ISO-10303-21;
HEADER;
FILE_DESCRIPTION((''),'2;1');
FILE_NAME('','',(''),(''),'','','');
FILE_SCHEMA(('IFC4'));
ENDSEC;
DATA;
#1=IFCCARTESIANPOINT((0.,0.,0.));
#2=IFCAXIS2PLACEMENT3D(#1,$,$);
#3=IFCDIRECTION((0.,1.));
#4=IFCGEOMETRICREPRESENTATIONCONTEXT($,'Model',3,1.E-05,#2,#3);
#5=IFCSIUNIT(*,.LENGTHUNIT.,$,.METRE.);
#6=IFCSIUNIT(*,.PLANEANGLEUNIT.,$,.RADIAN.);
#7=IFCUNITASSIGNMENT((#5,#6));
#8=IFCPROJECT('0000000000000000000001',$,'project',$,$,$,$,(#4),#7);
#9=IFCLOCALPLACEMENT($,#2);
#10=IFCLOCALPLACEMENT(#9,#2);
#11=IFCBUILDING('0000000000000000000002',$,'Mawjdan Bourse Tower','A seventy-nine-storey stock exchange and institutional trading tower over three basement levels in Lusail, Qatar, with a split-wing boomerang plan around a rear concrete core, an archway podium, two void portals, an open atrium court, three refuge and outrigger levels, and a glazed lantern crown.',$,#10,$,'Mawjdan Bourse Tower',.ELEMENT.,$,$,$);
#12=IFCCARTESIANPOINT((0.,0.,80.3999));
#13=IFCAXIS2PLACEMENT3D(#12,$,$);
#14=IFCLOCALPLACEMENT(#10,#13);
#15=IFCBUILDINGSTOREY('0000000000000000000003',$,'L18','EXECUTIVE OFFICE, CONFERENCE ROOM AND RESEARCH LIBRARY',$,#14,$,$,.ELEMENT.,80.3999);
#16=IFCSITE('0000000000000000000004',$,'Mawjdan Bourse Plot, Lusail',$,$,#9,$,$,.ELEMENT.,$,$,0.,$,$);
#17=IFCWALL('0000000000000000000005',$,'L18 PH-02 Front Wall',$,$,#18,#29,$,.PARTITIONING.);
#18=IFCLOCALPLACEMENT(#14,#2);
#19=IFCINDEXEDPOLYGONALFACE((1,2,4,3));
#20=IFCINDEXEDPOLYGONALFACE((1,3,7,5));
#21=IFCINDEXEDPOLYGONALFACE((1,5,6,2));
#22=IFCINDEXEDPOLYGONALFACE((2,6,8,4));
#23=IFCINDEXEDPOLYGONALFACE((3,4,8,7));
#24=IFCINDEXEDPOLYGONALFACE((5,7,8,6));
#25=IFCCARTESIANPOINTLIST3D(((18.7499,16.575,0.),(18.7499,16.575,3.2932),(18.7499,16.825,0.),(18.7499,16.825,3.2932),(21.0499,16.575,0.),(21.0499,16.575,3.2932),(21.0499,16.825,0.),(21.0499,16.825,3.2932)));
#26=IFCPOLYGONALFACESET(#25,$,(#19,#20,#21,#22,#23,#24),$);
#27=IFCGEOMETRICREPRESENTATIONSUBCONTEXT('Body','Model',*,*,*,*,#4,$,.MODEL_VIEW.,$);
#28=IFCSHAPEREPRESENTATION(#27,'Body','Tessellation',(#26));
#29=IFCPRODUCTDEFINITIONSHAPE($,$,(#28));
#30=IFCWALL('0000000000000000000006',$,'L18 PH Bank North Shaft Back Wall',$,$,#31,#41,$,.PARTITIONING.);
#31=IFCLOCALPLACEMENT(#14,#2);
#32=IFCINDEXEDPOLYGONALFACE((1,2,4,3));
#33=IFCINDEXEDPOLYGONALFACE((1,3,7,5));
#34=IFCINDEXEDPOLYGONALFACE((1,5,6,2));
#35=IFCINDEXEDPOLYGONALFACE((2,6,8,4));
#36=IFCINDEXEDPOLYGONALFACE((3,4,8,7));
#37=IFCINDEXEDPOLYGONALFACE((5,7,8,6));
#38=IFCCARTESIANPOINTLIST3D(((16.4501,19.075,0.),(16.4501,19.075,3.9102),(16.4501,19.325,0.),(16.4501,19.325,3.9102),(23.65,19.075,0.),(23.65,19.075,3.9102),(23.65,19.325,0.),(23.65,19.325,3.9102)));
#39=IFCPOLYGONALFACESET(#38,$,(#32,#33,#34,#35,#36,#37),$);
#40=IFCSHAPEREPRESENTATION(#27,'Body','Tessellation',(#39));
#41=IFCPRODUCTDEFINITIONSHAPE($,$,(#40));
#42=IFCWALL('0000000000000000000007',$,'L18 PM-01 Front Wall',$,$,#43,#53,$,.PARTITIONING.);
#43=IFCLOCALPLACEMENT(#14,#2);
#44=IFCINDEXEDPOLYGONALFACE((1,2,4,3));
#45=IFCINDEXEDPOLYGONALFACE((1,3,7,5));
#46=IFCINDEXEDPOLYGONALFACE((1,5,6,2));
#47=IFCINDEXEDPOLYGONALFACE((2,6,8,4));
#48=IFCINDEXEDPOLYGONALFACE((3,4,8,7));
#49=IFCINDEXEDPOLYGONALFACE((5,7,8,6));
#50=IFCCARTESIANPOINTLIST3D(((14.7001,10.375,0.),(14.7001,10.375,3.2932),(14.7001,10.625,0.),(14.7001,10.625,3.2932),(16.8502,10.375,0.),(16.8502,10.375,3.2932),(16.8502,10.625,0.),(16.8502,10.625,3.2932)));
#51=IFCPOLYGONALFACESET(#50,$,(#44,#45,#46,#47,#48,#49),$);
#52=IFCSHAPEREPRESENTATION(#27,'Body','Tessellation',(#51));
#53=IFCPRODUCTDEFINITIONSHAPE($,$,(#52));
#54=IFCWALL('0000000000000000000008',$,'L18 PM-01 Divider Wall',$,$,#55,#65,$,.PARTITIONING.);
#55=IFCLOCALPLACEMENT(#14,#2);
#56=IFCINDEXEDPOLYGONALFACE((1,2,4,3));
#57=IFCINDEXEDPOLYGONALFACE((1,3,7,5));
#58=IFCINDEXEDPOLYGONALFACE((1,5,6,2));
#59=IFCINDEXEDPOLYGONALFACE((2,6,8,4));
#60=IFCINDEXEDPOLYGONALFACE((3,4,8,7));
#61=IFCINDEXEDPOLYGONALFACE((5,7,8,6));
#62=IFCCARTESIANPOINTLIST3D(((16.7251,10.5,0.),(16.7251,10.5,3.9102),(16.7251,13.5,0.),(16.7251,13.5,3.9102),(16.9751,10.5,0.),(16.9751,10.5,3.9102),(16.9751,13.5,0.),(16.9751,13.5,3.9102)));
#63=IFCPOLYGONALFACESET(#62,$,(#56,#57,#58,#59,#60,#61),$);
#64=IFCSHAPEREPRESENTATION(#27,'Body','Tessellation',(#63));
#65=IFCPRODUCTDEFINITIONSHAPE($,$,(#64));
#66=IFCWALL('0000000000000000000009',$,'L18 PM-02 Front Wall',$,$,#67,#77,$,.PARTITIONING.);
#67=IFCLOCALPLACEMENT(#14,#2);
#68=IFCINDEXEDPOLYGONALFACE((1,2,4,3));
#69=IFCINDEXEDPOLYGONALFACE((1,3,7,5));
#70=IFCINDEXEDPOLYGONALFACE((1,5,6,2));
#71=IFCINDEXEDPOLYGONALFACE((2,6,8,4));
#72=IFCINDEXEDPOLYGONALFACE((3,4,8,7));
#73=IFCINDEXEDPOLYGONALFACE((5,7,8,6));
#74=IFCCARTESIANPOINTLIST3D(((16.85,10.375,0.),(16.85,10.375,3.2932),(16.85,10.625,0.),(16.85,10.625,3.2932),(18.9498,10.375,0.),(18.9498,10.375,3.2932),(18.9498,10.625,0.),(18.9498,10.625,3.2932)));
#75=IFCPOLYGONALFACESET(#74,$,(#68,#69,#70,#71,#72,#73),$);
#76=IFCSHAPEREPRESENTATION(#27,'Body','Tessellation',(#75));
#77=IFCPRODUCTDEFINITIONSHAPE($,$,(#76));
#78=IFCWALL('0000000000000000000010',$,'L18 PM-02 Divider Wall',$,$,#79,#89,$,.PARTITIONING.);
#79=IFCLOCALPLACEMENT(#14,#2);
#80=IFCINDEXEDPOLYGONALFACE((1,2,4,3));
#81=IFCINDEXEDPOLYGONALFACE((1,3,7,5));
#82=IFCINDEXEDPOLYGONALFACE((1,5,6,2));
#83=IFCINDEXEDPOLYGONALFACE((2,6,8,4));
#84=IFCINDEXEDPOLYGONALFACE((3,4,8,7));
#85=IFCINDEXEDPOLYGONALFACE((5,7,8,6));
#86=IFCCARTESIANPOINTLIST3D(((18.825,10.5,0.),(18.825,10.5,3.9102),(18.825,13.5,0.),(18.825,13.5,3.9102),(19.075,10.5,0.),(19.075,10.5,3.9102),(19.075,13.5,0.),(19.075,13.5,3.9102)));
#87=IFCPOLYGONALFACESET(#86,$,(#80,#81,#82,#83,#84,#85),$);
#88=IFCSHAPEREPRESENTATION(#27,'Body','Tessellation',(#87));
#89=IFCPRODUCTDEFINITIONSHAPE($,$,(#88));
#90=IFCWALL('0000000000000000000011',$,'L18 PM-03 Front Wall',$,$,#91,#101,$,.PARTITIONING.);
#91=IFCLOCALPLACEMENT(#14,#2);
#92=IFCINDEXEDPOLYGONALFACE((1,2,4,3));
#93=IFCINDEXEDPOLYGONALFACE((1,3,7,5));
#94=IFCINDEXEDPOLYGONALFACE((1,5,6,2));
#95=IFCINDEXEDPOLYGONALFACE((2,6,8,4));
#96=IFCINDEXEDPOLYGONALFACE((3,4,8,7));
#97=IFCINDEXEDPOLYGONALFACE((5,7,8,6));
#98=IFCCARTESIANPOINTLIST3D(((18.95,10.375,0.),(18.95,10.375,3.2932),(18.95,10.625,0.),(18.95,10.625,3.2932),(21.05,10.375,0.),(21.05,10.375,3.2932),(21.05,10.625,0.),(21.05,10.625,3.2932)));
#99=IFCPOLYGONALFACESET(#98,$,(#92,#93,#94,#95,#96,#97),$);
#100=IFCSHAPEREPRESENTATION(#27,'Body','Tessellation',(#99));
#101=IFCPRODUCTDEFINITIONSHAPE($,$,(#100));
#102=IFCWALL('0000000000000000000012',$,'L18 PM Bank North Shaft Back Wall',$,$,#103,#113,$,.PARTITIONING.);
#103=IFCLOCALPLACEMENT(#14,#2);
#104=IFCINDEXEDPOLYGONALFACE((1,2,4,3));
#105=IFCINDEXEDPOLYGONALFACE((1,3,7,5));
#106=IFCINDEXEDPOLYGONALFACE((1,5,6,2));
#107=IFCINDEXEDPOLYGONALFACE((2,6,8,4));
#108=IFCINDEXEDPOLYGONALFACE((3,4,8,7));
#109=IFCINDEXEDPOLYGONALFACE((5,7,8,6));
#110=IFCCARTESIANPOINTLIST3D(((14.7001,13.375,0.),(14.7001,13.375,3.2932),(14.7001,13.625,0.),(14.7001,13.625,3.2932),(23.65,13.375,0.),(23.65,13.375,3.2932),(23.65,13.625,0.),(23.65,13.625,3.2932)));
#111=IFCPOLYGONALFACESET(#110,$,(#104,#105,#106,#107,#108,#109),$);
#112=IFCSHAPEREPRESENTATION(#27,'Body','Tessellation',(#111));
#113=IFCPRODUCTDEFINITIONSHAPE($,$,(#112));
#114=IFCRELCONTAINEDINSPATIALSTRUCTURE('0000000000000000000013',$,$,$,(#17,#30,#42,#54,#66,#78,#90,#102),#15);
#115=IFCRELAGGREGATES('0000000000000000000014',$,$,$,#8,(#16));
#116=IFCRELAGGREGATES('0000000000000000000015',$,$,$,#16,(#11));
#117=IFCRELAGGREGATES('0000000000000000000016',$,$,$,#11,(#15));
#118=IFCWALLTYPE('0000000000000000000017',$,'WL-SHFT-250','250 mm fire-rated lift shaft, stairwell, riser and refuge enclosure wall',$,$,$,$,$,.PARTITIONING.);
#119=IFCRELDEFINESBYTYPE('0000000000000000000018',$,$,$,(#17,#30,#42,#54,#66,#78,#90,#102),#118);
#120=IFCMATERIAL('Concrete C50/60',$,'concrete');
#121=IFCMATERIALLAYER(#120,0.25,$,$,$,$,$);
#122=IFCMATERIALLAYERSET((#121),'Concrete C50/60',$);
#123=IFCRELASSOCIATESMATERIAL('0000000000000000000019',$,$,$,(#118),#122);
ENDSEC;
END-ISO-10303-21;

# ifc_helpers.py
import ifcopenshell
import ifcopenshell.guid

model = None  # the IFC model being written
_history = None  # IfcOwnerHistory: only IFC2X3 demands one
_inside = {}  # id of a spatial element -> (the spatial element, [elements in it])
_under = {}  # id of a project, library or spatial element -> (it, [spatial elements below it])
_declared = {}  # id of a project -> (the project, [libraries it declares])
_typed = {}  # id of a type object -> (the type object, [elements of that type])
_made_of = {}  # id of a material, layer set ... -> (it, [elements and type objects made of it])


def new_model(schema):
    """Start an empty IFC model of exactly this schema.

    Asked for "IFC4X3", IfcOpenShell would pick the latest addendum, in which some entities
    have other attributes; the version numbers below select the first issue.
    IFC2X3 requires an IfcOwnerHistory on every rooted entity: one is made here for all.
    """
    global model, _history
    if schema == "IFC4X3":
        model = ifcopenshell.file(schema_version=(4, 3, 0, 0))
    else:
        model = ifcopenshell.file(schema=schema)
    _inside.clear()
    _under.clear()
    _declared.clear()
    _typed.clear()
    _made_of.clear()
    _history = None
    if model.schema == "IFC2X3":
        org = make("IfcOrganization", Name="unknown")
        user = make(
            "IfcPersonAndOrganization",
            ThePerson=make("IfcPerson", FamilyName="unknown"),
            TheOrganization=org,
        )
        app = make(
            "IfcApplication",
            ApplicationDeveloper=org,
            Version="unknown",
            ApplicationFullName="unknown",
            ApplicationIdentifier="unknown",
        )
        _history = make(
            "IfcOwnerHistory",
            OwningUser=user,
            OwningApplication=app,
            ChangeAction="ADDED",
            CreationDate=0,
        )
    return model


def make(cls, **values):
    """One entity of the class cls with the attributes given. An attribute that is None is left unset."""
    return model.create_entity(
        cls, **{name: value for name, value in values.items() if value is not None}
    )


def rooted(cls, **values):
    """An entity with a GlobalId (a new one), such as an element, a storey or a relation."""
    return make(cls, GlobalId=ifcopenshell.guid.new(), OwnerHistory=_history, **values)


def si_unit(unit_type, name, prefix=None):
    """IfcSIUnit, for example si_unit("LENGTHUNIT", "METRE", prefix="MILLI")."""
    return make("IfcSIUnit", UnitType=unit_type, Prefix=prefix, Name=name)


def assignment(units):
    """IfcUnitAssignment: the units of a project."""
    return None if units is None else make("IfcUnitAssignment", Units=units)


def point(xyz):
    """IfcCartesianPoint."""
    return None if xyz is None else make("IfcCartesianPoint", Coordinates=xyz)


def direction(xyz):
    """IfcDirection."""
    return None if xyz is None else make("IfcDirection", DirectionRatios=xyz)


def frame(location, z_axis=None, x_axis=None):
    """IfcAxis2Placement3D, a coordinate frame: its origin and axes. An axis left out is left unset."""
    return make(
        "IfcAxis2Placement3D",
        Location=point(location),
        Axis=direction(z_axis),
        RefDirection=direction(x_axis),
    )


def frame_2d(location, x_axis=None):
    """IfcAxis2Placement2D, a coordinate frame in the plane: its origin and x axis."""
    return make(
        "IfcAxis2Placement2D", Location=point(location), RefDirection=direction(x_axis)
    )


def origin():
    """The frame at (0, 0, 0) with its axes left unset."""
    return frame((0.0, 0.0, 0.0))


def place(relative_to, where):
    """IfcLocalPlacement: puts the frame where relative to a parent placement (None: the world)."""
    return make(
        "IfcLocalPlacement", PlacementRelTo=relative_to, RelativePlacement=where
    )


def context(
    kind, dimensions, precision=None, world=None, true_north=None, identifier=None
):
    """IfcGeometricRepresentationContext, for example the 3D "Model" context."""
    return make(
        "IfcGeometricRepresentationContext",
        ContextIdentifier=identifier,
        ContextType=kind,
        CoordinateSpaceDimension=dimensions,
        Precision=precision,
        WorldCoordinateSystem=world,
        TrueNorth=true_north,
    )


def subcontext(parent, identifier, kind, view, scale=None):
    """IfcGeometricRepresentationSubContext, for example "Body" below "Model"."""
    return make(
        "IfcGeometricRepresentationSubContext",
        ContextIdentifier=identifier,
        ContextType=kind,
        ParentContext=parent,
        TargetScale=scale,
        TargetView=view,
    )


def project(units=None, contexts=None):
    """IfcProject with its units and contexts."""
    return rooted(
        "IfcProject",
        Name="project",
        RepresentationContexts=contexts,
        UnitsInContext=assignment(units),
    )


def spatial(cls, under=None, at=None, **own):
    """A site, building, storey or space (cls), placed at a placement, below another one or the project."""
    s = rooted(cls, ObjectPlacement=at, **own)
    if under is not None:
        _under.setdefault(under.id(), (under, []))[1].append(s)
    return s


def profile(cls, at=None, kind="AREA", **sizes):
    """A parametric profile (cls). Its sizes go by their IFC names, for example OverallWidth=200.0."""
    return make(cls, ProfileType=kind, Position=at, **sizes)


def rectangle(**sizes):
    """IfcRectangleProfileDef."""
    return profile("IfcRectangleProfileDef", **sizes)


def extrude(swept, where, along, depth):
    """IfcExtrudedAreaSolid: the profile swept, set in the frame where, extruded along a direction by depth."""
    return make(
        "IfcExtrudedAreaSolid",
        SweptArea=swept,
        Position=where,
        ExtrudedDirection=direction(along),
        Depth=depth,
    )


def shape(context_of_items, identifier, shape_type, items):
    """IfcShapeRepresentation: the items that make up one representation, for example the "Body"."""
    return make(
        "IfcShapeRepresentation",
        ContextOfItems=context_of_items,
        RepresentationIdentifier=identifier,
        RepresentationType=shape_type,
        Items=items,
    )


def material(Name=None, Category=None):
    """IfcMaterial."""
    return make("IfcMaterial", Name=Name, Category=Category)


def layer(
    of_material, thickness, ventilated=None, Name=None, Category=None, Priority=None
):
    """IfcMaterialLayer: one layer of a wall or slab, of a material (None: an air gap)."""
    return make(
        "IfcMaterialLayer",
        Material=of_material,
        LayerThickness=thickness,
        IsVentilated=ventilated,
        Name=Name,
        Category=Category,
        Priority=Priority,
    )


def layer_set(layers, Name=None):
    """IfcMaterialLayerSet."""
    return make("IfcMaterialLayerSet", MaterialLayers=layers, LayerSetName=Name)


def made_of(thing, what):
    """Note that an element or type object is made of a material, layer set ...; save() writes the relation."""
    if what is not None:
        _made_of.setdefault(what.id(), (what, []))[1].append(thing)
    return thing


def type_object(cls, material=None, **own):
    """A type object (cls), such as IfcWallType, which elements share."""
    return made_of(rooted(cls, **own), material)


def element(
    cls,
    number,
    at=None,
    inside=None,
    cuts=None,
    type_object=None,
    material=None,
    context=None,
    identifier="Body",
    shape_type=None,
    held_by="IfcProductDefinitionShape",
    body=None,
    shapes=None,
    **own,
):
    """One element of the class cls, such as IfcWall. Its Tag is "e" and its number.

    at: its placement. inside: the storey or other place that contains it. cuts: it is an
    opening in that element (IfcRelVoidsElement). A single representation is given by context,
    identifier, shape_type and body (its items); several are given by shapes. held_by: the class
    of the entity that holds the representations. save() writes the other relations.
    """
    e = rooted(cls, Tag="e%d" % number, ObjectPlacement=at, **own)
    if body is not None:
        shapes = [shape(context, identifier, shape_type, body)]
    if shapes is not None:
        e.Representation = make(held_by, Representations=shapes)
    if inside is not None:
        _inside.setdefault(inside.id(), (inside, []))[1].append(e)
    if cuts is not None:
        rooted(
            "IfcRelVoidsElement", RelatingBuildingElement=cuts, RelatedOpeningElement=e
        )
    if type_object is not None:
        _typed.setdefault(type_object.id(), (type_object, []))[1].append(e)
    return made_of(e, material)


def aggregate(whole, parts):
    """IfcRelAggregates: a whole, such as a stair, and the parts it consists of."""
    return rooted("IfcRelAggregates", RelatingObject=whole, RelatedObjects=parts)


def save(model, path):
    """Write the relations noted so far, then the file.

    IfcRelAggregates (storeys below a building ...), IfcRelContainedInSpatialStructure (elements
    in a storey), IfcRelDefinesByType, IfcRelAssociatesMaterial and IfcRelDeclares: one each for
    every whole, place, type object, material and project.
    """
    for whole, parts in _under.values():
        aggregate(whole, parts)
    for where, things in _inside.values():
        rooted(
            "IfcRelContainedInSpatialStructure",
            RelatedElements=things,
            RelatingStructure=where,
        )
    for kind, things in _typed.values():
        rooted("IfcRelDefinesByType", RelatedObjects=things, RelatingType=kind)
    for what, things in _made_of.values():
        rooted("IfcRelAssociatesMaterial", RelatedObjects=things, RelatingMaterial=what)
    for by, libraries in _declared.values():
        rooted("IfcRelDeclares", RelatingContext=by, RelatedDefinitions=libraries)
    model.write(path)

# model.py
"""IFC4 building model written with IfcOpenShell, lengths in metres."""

from ifc_helpers import new_model, si_unit, direction, frame, frame_2d, origin, place, context, subcontext, project, spatial, rectangle, extrude, material, layer, layer_set, type_object, element, save


model = new_model("IFC4")

# Units and contexts
model_context = context("Model", 3, precision=1e-05, world=origin(), true_north=direction((0.0, 1.0)))
body_context = subcontext(model_context, "Body", "Model", "MODEL_VIEW")
ifc_project = project(units=[si_unit("LENGTHUNIT", "METRE"), si_unit("PLANEANGLEUNIT", "RADIAN")], contexts=[model_context])

# Site, building, storey
site_placement = place(None, origin())
site = spatial("IfcSite", under=ifc_project, at=site_placement, Name="Mawjdan Bourse Plot, Lusail", CompositionType="ELEMENT", RefElevation=0.0)
building_placement = place(site_placement, origin())
building = spatial("IfcBuilding", under=site, at=building_placement, Name="Mawjdan Bourse Tower", Description="A seventy-nine-storey stock exchange and institutional trading tower over three basement levels in Lusail, Qatar, with a split-wing boomerang plan around a rear concrete core, an archway podium, two void portals, an open atrium court, three refuge and outrigger levels, and a glazed lantern crown.", LongName="Mawjdan Bourse Tower", CompositionType="ELEMENT")
storey_placement = place(building_placement, frame((0.0, 0.0, 80.3999)))
storey = spatial("IfcBuildingStorey", under=building, at=storey_placement, Name="L18", Description="EXECUTIVE OFFICE, CONFERENCE ROOM AND RESEARCH LIBRARY", CompositionType="ELEMENT", Elevation=80.3999)

# Shared definitions
ifc_material_1 = material(Name="Concrete C50/60", Category="concrete")
ifc_layer_1 = layer(ifc_material_1, 0.25)
ifc_layer_set_1 = layer_set([ifc_layer_1], Name="Concrete C50/60")
wall_type_1 = type_object("IfcWallType", Name="WL-SHFT-250", Description="250 mm fire-rated lift shaft, stairwell, riser and refuge enclosure wall", PredefinedType="PARTITIONING", material=ifc_layer_set_1)

# Walls
wall_1_placement = place(storey_placement, frame((18.75, 16.7, 0.0), z_axis=(0.0, 0.0, 1.0), x_axis=(1.0, 0.0, 0.0)))
element("IfcWall", 1, at=wall_1_placement, inside=storey, type_object=wall_type_1, Name="L18 PH-02 Front Wall", PredefinedType="PARTITIONING", context=body_context, shape_type="SweptSolid", body=[
    extrude(rectangle(XDim=2.3, YDim=0.25, at=frame_2d((1.1499, 0.0))), origin(), (0.0, 0.0, 1.0), 3.2932),
])
wall_2_placement = place(storey_placement, frame((16.45, 19.2, 0.0), z_axis=(0.0, 0.0, 1.0), x_axis=(1.0, 0.0, 0.0)))
element("IfcWall", 2, at=wall_2_placement, inside=storey, type_object=wall_type_1, Name="L18 PH Bank North Shaft Back Wall", PredefinedType="PARTITIONING", context=body_context, shape_type="SweptSolid", body=[
    extrude(rectangle(XDim=7.2, YDim=0.25, at=frame_2d((3.6001, 0.0))), origin(), (0.0, 0.0, 1.0), 3.9102),
])
wall_3_placement = place(storey_placement, frame((14.7, 10.5, 0.0), z_axis=(0.0, 0.0, 1.0), x_axis=(1.0, 0.0, 0.0)))
element("IfcWall", 3, at=wall_3_placement, inside=storey, type_object=wall_type_1, Name="L18 PM-01 Front Wall", PredefinedType="PARTITIONING", context=body_context, shape_type="SweptSolid", body=[
    extrude(rectangle(XDim=2.1501, YDim=0.25, at=frame_2d((1.0752, 0.0))), origin(), (0.0, 0.0, 1.0), 3.2932),
])
wall_4_placement = place(storey_placement, frame((16.8501, 10.5, 0.0), z_axis=(0.0, 0.0, 1.0), x_axis=(0.0, 1.0, 0.0)))
element("IfcWall", 4, at=wall_4_placement, inside=storey, type_object=wall_type_1, Name="L18 PM-01 Divider Wall", PredefinedType="PARTITIONING", context=body_context, shape_type="SweptSolid", body=[
    extrude(rectangle(XDim=3.0, YDim=0.25, at=frame_2d((1.5, 0.0))), origin(), (0.0, 0.0, 1.0), 3.9102),
])
wall_5_placement = place(storey_placement, frame((16.8501, 10.5, 0.0), z_axis=(0.0, 0.0, 1.0), x_axis=(1.0, 0.0, 0.0)))
element("IfcWall", 5, at=wall_5_placement, inside=storey, type_object=wall_type_1, Name="L18 PM-02 Front Wall", PredefinedType="PARTITIONING", context=body_context, shape_type="SweptSolid", body=[
    extrude(rectangle(XDim=2.0999, YDim=0.25, at=frame_2d((1.0498, 0.0))), origin(), (0.0, 0.0, 1.0), 3.2932),
])
wall_6_placement = place(storey_placement, frame((18.95, 10.5, 0.0), z_axis=(0.0, 0.0, 1.0), x_axis=(0.0, 1.0, 0.0)))
element("IfcWall", 6, at=wall_6_placement, inside=storey, type_object=wall_type_1, Name="L18 PM-02 Divider Wall", PredefinedType="PARTITIONING", context=body_context, shape_type="SweptSolid", body=[
    extrude(rectangle(XDim=3.0, YDim=0.25, at=frame_2d((1.5, 0.0))), origin(), (0.0, 0.0, 1.0), 3.9102),
])
wall_7_placement = place(storey_placement, frame((18.95, 10.5, 0.0), z_axis=(0.0, 0.0, 1.0), x_axis=(1.0, 0.0, 0.0)))
element("IfcWall", 7, at=wall_7_placement, inside=storey, type_object=wall_type_1, Name="L18 PM-03 Front Wall", PredefinedType="PARTITIONING", context=body_context, shape_type="SweptSolid", body=[
    extrude(rectangle(XDim=2.1001, YDim=0.25, at=frame_2d((1.05, 0.0))), origin(), (0.0, 0.0, 1.0), 3.2932),
])
wall_8_placement = place(storey_placement, frame((14.7, 13.5, 0.0), z_axis=(0.0, 0.0, 1.0), x_axis=(1.0, 0.0, 0.0)))
element("IfcWall", 8, at=wall_8_placement, inside=storey, type_object=wall_type_1, Name="L18 PM Bank North Shaft Back Wall", PredefinedType="PARTITIONING", context=body_context, shape_type="SweptSolid", body=[
    extrude(rectangle(XDim=8.95, YDim=0.25, at=frame_2d((4.4751, 0.0))), origin(), (0.0, 0.0, 1.0), 3.2932),
])

save(model, "model.ifc")
